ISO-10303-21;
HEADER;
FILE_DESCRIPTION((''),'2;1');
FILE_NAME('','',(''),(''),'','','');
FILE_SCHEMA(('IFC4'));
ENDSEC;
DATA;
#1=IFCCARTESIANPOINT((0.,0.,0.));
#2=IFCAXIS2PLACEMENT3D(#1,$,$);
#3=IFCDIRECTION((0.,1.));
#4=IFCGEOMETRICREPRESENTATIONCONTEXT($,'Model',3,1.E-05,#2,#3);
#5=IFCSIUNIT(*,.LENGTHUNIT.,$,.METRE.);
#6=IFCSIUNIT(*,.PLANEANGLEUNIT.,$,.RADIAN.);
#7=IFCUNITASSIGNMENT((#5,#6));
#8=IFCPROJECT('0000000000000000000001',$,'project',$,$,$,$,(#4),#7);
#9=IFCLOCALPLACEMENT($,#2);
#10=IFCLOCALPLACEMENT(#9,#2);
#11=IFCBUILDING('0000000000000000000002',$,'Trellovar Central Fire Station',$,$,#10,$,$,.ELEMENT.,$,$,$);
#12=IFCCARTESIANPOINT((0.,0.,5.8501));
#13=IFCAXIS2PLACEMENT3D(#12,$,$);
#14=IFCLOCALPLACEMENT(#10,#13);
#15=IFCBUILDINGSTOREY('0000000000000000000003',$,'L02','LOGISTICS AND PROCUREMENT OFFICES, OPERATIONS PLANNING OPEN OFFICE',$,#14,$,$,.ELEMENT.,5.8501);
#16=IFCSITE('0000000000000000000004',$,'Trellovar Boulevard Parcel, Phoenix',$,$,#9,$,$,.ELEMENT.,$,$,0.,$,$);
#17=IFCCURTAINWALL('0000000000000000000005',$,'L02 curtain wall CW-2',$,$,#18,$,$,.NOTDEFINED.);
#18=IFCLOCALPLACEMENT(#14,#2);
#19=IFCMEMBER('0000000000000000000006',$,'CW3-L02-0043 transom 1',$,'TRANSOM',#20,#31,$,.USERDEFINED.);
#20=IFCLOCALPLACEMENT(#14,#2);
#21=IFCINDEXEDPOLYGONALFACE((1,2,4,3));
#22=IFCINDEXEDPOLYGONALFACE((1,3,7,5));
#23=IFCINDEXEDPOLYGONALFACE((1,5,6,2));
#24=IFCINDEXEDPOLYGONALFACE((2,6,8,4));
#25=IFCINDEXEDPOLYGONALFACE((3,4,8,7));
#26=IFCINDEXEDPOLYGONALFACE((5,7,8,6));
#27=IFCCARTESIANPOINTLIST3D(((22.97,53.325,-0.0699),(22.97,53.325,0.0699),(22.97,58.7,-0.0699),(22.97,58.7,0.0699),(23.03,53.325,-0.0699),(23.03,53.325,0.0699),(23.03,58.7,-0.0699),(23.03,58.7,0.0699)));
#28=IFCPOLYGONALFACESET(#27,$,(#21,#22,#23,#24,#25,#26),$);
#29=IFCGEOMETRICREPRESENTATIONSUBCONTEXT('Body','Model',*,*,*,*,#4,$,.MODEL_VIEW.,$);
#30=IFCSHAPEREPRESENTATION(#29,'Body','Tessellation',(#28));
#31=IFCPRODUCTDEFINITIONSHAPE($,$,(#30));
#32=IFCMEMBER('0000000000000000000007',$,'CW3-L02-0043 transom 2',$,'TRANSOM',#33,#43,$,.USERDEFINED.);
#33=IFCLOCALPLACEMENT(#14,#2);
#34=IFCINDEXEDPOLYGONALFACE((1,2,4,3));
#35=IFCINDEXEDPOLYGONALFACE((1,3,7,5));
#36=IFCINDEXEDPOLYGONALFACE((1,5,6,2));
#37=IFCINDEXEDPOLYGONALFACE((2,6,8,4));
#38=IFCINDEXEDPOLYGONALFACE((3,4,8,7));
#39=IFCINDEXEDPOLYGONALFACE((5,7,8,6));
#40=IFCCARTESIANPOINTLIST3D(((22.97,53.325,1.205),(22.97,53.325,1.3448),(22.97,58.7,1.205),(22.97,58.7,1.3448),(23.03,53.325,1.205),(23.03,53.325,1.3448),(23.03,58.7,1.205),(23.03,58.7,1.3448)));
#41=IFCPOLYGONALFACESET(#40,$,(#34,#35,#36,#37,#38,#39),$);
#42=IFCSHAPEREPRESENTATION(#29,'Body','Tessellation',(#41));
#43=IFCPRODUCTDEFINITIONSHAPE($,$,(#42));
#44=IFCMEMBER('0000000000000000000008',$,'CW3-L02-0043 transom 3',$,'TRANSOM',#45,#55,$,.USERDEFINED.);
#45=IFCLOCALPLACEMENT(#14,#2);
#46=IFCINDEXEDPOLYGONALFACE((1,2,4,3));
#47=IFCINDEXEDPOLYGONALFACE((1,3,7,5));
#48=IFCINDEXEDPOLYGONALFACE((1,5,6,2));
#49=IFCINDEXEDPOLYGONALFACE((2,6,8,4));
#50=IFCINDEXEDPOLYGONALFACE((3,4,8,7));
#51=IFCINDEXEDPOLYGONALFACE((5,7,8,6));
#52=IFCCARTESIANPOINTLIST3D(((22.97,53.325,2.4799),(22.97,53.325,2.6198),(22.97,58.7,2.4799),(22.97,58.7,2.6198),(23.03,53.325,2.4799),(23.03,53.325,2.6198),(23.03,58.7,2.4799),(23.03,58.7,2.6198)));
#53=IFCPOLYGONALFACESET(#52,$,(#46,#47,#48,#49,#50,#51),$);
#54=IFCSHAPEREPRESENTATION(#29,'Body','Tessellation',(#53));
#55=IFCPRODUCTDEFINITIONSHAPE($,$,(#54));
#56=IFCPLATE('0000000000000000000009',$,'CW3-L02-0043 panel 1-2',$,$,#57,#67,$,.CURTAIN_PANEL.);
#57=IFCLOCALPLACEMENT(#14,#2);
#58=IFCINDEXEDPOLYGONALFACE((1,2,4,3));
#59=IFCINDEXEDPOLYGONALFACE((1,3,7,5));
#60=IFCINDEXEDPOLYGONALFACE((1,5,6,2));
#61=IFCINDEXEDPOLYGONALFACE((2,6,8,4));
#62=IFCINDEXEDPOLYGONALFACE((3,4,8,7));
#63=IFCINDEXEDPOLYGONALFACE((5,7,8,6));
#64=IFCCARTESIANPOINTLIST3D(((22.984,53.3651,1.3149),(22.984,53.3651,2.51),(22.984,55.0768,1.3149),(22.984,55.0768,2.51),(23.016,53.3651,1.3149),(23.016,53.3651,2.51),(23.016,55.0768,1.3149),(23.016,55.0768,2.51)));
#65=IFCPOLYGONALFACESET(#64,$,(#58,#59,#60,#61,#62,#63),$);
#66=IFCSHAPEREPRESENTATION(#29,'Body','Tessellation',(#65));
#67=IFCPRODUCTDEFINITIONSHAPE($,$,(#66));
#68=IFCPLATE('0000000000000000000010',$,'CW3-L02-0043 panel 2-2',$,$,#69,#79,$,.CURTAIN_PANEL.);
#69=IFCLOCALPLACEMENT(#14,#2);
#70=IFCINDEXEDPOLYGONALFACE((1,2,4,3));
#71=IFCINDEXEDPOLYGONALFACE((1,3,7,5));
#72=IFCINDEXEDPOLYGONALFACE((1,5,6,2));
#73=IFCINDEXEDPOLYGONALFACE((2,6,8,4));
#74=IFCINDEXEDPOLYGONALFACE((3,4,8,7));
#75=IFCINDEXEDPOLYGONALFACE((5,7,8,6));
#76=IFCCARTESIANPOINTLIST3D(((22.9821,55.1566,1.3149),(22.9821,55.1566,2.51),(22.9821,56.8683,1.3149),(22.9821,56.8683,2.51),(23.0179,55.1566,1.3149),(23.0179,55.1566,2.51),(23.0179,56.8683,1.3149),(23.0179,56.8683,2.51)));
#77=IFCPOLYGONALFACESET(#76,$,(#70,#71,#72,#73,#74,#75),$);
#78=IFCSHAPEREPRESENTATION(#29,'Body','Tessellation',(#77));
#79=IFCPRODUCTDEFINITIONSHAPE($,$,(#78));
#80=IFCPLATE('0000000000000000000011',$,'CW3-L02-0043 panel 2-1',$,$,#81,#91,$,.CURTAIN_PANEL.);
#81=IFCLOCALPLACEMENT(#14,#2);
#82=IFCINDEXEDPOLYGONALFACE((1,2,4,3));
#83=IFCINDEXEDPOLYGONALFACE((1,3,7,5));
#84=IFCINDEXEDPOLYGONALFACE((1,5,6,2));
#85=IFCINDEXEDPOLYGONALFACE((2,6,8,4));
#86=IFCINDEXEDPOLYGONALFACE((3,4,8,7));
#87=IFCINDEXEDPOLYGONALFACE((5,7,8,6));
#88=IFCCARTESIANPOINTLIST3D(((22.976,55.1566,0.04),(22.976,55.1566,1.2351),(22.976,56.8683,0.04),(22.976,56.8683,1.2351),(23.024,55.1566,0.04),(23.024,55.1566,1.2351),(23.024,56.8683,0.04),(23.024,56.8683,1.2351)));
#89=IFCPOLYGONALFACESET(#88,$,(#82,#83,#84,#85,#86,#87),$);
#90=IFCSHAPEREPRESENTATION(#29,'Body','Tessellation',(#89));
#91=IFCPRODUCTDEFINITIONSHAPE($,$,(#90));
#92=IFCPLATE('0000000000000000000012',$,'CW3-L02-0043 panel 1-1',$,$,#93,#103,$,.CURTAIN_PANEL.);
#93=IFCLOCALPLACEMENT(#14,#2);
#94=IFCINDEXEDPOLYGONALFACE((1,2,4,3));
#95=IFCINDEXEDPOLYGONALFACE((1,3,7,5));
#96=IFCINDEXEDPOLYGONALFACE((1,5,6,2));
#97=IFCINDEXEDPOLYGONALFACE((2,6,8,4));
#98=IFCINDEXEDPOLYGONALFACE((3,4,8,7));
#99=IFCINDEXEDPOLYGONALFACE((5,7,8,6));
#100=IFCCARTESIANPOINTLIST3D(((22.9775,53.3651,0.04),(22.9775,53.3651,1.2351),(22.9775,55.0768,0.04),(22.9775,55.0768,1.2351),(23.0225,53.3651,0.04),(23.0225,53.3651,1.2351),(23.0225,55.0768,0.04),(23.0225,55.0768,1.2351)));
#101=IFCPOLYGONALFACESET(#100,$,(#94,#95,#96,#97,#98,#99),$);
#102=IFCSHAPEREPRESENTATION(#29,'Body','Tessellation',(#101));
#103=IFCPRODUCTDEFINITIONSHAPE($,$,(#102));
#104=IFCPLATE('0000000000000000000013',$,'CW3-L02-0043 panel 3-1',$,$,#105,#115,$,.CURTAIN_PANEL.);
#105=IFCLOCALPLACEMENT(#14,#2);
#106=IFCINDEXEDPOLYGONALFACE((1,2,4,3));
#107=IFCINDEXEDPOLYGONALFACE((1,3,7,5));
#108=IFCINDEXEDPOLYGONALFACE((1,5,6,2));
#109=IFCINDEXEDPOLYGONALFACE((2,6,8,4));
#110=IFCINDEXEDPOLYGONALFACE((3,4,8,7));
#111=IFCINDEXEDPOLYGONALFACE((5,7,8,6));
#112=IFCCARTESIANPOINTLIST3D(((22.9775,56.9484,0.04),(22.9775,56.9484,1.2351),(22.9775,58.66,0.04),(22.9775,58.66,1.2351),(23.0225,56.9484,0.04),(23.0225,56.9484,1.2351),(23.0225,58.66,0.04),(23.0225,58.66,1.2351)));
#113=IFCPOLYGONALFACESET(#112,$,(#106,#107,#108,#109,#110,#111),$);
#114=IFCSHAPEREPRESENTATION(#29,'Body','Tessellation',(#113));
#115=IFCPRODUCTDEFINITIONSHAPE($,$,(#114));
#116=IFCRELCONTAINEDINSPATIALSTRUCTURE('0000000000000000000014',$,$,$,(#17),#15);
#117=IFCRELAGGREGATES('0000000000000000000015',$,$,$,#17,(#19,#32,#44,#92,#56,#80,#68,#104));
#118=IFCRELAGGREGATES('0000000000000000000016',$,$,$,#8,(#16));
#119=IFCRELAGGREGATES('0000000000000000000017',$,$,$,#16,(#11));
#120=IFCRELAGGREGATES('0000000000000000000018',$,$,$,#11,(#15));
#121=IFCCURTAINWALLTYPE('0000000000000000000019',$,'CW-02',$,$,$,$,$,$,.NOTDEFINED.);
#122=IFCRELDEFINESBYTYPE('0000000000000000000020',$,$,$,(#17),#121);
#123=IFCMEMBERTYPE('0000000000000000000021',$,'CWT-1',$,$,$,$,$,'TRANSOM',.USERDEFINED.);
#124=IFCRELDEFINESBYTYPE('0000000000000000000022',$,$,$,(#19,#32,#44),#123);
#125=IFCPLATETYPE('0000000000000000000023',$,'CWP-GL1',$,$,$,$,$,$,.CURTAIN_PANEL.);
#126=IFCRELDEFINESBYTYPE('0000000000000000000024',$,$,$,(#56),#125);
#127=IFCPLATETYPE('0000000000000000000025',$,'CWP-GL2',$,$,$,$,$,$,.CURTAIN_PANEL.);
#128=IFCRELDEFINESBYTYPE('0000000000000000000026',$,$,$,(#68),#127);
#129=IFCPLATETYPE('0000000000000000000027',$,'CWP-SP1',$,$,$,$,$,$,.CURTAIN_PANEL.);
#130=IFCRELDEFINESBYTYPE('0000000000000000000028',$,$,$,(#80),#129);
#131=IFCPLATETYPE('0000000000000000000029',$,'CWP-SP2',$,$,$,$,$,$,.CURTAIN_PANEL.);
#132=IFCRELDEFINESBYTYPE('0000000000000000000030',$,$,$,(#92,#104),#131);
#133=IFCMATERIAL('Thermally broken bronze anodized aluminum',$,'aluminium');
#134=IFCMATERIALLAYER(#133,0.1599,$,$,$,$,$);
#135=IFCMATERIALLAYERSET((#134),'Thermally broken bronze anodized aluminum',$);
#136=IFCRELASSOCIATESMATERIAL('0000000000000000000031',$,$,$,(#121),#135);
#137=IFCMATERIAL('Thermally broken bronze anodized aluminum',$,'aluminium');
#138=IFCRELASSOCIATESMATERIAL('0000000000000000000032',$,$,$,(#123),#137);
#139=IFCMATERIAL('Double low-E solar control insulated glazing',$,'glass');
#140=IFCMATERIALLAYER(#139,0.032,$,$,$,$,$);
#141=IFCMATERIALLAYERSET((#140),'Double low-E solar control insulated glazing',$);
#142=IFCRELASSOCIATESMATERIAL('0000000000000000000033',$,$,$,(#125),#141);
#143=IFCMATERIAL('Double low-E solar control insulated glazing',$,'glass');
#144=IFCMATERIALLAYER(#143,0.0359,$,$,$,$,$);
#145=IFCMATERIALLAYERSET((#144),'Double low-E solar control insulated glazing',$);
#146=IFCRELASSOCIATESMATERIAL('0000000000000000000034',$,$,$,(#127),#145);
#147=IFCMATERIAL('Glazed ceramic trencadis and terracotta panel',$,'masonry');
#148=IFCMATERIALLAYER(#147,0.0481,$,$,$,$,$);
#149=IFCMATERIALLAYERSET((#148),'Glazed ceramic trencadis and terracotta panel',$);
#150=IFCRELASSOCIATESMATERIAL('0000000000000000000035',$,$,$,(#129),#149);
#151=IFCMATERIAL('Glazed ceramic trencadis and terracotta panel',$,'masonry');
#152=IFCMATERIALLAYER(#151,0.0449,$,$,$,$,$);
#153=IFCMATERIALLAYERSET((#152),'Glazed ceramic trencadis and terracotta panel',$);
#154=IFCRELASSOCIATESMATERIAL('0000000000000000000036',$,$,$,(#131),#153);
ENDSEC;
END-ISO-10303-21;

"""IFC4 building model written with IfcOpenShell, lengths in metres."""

from ifc_helpers import new_model, si_unit, direction, frame, origin, origin_2d, place, context, subcontext, project, spatial, rectangle, extrude, material, layer, layer_set, material_profile, profile_set, type_object, element, aggregate, save


model = new_model("IFC4")

# Units and contexts
model_context = context("Model", 3, precision=1e-05, world=origin(), true_north=direction((0.0, 1.0)))
body_context = subcontext(model_context, "Body", "Model", "MODEL_VIEW")
ifc_project = project(units=[si_unit("LENGTHUNIT", "METRE"), si_unit("PLANEANGLEUNIT", "RADIAN")], contexts=[model_context])

# Site, building, storey
site_placement = place(None, origin())
site = spatial("IfcSite", under=ifc_project, at=site_placement, Name="Trellovar Boulevard Parcel, Phoenix", CompositionType="ELEMENT", RefElevation=0.0)
building_placement = place(site_placement, origin())
building = spatial("IfcBuilding", under=site, at=building_placement, Name="Trellovar Central Fire Station", CompositionType="ELEMENT")
storey_placement = place(building_placement, frame((0.0, 0.0, 5.8501)))
storey = spatial("IfcBuildingStorey", under=building, at=storey_placement, Name="L02", Description="LOGISTICS AND PROCUREMENT OFFICES, OPERATIONS PLANNING OPEN OFFICE", CompositionType="ELEMENT", Elevation=5.8501)

# Curtain wall, members, plates
ifc_material_1 = material(Name="Thermally broken bronze anodized aluminum", Category="aluminium")
ifc_layer_1 = layer(ifc_material_1, 0.1599)
ifc_layer_set_1 = layer_set([ifc_layer_1], Name="Thermally broken bronze anodized aluminum")
curtain_wall_type = type_object("IfcCurtainWallType", Name="CW-02", PredefinedType="NOTDEFINED", material=ifc_layer_set_1)
curtain_wall_placement = place(storey_placement, origin())
curtain_wall = element("IfcCurtainWall", 1, at=curtain_wall_placement, inside=storey, type_object=curtain_wall_type, Name="L02 curtain wall CW-2", PredefinedType="NOTDEFINED")
ifc_material_2 = material(Name="Thermally broken bronze anodized aluminum", Category="aluminium")
ifc_material_profile_1 = material_profile(ifc_material_2, rectangle(XDim=0.0601, YDim=0.1399, at=origin_2d()), Name="ALU60X140")
ifc_profile_set_1 = profile_set([ifc_material_profile_1], Name="Thermally broken bronze anodized aluminum")
member_type_1 = type_object("IfcMemberType", Name="CWT-1", ElementType="TRANSOM", PredefinedType="USERDEFINED", material=ifc_profile_set_1)
member_1_placement = place(storey_placement, frame((23.0, 53.325, 0.0), z_axis=(0.0, 1.0, 0.0), x_axis=(-1.0, 0.0, 0.0)))
member_1 = element("IfcMember", 2, at=member_1_placement, type_object=member_type_1, Name="CW3-L02-0043 transom 1", ObjectType="TRANSOM", PredefinedType="USERDEFINED", context=body_context, shape_type="SweptSolid", body=[
    extrude(rectangle(XDim=0.0601, YDim=0.1399, at=origin_2d()), origin(), (0.0, 0.0, 1.0), 5.375),
])
member_2_placement = place(storey_placement, frame((23.0, 53.325, 1.2749), z_axis=(0.0, 1.0, 0.0), x_axis=(-1.0, 0.0, 0.0)))
member_2 = element("IfcMember", 3, at=member_2_placement, type_object=member_type_1, Name="CW3-L02-0043 transom 2", ObjectType="TRANSOM", PredefinedType="USERDEFINED", context=body_context, shape_type="SweptSolid", body=[
    extrude(rectangle(XDim=0.0601, YDim=0.1399, at=origin_2d()), origin(), (0.0, 0.0, 1.0), 5.375),
])
member_3_placement = place(storey_placement, frame((23.0, 53.325, 2.5498), z_axis=(0.0, 1.0, 0.0), x_axis=(-1.0, 0.0, 0.0)))
member_3 = element("IfcMember", 4, at=member_3_placement, type_object=member_type_1, Name="CW3-L02-0043 transom 3", ObjectType="TRANSOM", PredefinedType="USERDEFINED", context=body_context, shape_type="SweptSolid", body=[
    extrude(rectangle(XDim=0.0601, YDim=0.1399, at=origin_2d()), origin(), (0.0, 0.0, 1.0), 5.375),
])
ifc_material_3 = material(Name="Double low-E solar control insulated glazing", Category="glass")
ifc_layer_2 = layer(ifc_material_3, 0.032)
ifc_layer_set_2 = layer_set([ifc_layer_2], Name="Double low-E solar control insulated glazing")
plate_type_1 = type_object("IfcPlateType", Name="CWP-GL1", PredefinedType="CURTAIN_PANEL", material=ifc_layer_set_2)
plate_1_placement = place(storey_placement, frame((23.0, 54.2209, 1.3149), z_axis=(0.0, 0.0, 1.0), x_axis=(0.0, 1.0, 0.0)))
plate_1 = element("IfcPlate", 5, at=plate_1_placement, type_object=plate_type_1, Name="CW3-L02-0043 panel 1-2", PredefinedType="CURTAIN_PANEL", context=body_context, shape_type="SweptSolid", body=[
    extrude(rectangle(XDim=1.7117, YDim=0.032, at=origin_2d()), origin(), (0.0, 0.0, 1.0), 1.1951),
])
ifc_material_4 = material(Name="Double low-E solar control insulated glazing", Category="glass")
ifc_layer_3 = layer(ifc_material_4, 0.0359)
ifc_layer_set_3 = layer_set([ifc_layer_3], Name="Double low-E solar control insulated glazing")
plate_type_2 = type_object("IfcPlateType", Name="CWP-GL2", PredefinedType="CURTAIN_PANEL", material=ifc_layer_set_3)
plate_2_placement = place(storey_placement, frame((23.0, 56.0125, 1.3149), z_axis=(0.0, 0.0, 1.0), x_axis=(0.0, 1.0, 0.0)))
plate_2 = element("IfcPlate", 6, at=plate_2_placement, type_object=plate_type_2, Name="CW3-L02-0043 panel 2-2", PredefinedType="CURTAIN_PANEL", context=body_context, shape_type="SweptSolid", body=[
    extrude(rectangle(XDim=1.7117, YDim=0.0359, at=origin_2d()), origin(), (0.0, 0.0, 1.0), 1.1951),
])
ifc_material_5 = material(Name="Glazed ceramic trencadis and terracotta panel", Category="masonry")
ifc_layer_4 = layer(ifc_material_5, 0.0481)
ifc_layer_set_4 = layer_set([ifc_layer_4], Name="Glazed ceramic trencadis and terracotta panel")
plate_type_3 = type_object("IfcPlateType", Name="CWP-SP1", PredefinedType="CURTAIN_PANEL", material=ifc_layer_set_4)
plate_3_placement = place(storey_placement, frame((23.0, 56.0125, 0.04), z_axis=(0.0, 0.0, 1.0), x_axis=(0.0, 1.0, 0.0)))
plate_3 = element("IfcPlate", 7, at=plate_3_placement, type_object=plate_type_3, Name="CW3-L02-0043 panel 2-1", PredefinedType="CURTAIN_PANEL", context=body_context, shape_type="SweptSolid", body=[
    extrude(rectangle(XDim=1.7117, YDim=0.0481, at=origin_2d()), origin(), (0.0, 0.0, 1.0), 1.1951),
])
ifc_material_6 = material(Name="Glazed ceramic trencadis and terracotta panel", Category="masonry")
ifc_layer_5 = layer(ifc_material_6, 0.0449)
ifc_layer_set_5 = layer_set([ifc_layer_5], Name="Glazed ceramic trencadis and terracotta panel")
plate_type_4 = type_object("IfcPlateType", Name="CWP-SP2", PredefinedType="CURTAIN_PANEL", material=ifc_layer_set_5)
plate_4_placement = place(storey_placement, frame((23.0, 54.2209, 0.04), z_axis=(0.0, 0.0, 1.0), x_axis=(0.0, 1.0, 0.0)))
plate_4 = element("IfcPlate", 8, at=plate_4_placement, type_object=plate_type_4, Name="CW3-L02-0043 panel 1-1", PredefinedType="CURTAIN_PANEL", context=body_context, shape_type="SweptSolid", body=[
    extrude(rectangle(XDim=1.7117, YDim=0.0449, at=origin_2d()), origin(), (0.0, 0.0, 1.0), 1.1951),
])
plate_5_placement = place(storey_placement, frame((23.0, 57.8042, 0.04), z_axis=(0.0, 0.0, 1.0), x_axis=(0.0, 1.0, 0.0)))
plate_5 = element("IfcPlate", 9, at=plate_5_placement, type_object=plate_type_4, Name="CW3-L02-0043 panel 3-1", PredefinedType="CURTAIN_PANEL", context=body_context, shape_type="SweptSolid", body=[
    extrude(rectangle(XDim=1.7117, YDim=0.0449, at=origin_2d()), origin(), (0.0, 0.0, 1.0), 1.1951),
])
aggregate(curtain_wall, [member_1, member_2, member_3, plate_4, plate_1, plate_3, plate_2, plate_5])

save(model, "model.ifc")
